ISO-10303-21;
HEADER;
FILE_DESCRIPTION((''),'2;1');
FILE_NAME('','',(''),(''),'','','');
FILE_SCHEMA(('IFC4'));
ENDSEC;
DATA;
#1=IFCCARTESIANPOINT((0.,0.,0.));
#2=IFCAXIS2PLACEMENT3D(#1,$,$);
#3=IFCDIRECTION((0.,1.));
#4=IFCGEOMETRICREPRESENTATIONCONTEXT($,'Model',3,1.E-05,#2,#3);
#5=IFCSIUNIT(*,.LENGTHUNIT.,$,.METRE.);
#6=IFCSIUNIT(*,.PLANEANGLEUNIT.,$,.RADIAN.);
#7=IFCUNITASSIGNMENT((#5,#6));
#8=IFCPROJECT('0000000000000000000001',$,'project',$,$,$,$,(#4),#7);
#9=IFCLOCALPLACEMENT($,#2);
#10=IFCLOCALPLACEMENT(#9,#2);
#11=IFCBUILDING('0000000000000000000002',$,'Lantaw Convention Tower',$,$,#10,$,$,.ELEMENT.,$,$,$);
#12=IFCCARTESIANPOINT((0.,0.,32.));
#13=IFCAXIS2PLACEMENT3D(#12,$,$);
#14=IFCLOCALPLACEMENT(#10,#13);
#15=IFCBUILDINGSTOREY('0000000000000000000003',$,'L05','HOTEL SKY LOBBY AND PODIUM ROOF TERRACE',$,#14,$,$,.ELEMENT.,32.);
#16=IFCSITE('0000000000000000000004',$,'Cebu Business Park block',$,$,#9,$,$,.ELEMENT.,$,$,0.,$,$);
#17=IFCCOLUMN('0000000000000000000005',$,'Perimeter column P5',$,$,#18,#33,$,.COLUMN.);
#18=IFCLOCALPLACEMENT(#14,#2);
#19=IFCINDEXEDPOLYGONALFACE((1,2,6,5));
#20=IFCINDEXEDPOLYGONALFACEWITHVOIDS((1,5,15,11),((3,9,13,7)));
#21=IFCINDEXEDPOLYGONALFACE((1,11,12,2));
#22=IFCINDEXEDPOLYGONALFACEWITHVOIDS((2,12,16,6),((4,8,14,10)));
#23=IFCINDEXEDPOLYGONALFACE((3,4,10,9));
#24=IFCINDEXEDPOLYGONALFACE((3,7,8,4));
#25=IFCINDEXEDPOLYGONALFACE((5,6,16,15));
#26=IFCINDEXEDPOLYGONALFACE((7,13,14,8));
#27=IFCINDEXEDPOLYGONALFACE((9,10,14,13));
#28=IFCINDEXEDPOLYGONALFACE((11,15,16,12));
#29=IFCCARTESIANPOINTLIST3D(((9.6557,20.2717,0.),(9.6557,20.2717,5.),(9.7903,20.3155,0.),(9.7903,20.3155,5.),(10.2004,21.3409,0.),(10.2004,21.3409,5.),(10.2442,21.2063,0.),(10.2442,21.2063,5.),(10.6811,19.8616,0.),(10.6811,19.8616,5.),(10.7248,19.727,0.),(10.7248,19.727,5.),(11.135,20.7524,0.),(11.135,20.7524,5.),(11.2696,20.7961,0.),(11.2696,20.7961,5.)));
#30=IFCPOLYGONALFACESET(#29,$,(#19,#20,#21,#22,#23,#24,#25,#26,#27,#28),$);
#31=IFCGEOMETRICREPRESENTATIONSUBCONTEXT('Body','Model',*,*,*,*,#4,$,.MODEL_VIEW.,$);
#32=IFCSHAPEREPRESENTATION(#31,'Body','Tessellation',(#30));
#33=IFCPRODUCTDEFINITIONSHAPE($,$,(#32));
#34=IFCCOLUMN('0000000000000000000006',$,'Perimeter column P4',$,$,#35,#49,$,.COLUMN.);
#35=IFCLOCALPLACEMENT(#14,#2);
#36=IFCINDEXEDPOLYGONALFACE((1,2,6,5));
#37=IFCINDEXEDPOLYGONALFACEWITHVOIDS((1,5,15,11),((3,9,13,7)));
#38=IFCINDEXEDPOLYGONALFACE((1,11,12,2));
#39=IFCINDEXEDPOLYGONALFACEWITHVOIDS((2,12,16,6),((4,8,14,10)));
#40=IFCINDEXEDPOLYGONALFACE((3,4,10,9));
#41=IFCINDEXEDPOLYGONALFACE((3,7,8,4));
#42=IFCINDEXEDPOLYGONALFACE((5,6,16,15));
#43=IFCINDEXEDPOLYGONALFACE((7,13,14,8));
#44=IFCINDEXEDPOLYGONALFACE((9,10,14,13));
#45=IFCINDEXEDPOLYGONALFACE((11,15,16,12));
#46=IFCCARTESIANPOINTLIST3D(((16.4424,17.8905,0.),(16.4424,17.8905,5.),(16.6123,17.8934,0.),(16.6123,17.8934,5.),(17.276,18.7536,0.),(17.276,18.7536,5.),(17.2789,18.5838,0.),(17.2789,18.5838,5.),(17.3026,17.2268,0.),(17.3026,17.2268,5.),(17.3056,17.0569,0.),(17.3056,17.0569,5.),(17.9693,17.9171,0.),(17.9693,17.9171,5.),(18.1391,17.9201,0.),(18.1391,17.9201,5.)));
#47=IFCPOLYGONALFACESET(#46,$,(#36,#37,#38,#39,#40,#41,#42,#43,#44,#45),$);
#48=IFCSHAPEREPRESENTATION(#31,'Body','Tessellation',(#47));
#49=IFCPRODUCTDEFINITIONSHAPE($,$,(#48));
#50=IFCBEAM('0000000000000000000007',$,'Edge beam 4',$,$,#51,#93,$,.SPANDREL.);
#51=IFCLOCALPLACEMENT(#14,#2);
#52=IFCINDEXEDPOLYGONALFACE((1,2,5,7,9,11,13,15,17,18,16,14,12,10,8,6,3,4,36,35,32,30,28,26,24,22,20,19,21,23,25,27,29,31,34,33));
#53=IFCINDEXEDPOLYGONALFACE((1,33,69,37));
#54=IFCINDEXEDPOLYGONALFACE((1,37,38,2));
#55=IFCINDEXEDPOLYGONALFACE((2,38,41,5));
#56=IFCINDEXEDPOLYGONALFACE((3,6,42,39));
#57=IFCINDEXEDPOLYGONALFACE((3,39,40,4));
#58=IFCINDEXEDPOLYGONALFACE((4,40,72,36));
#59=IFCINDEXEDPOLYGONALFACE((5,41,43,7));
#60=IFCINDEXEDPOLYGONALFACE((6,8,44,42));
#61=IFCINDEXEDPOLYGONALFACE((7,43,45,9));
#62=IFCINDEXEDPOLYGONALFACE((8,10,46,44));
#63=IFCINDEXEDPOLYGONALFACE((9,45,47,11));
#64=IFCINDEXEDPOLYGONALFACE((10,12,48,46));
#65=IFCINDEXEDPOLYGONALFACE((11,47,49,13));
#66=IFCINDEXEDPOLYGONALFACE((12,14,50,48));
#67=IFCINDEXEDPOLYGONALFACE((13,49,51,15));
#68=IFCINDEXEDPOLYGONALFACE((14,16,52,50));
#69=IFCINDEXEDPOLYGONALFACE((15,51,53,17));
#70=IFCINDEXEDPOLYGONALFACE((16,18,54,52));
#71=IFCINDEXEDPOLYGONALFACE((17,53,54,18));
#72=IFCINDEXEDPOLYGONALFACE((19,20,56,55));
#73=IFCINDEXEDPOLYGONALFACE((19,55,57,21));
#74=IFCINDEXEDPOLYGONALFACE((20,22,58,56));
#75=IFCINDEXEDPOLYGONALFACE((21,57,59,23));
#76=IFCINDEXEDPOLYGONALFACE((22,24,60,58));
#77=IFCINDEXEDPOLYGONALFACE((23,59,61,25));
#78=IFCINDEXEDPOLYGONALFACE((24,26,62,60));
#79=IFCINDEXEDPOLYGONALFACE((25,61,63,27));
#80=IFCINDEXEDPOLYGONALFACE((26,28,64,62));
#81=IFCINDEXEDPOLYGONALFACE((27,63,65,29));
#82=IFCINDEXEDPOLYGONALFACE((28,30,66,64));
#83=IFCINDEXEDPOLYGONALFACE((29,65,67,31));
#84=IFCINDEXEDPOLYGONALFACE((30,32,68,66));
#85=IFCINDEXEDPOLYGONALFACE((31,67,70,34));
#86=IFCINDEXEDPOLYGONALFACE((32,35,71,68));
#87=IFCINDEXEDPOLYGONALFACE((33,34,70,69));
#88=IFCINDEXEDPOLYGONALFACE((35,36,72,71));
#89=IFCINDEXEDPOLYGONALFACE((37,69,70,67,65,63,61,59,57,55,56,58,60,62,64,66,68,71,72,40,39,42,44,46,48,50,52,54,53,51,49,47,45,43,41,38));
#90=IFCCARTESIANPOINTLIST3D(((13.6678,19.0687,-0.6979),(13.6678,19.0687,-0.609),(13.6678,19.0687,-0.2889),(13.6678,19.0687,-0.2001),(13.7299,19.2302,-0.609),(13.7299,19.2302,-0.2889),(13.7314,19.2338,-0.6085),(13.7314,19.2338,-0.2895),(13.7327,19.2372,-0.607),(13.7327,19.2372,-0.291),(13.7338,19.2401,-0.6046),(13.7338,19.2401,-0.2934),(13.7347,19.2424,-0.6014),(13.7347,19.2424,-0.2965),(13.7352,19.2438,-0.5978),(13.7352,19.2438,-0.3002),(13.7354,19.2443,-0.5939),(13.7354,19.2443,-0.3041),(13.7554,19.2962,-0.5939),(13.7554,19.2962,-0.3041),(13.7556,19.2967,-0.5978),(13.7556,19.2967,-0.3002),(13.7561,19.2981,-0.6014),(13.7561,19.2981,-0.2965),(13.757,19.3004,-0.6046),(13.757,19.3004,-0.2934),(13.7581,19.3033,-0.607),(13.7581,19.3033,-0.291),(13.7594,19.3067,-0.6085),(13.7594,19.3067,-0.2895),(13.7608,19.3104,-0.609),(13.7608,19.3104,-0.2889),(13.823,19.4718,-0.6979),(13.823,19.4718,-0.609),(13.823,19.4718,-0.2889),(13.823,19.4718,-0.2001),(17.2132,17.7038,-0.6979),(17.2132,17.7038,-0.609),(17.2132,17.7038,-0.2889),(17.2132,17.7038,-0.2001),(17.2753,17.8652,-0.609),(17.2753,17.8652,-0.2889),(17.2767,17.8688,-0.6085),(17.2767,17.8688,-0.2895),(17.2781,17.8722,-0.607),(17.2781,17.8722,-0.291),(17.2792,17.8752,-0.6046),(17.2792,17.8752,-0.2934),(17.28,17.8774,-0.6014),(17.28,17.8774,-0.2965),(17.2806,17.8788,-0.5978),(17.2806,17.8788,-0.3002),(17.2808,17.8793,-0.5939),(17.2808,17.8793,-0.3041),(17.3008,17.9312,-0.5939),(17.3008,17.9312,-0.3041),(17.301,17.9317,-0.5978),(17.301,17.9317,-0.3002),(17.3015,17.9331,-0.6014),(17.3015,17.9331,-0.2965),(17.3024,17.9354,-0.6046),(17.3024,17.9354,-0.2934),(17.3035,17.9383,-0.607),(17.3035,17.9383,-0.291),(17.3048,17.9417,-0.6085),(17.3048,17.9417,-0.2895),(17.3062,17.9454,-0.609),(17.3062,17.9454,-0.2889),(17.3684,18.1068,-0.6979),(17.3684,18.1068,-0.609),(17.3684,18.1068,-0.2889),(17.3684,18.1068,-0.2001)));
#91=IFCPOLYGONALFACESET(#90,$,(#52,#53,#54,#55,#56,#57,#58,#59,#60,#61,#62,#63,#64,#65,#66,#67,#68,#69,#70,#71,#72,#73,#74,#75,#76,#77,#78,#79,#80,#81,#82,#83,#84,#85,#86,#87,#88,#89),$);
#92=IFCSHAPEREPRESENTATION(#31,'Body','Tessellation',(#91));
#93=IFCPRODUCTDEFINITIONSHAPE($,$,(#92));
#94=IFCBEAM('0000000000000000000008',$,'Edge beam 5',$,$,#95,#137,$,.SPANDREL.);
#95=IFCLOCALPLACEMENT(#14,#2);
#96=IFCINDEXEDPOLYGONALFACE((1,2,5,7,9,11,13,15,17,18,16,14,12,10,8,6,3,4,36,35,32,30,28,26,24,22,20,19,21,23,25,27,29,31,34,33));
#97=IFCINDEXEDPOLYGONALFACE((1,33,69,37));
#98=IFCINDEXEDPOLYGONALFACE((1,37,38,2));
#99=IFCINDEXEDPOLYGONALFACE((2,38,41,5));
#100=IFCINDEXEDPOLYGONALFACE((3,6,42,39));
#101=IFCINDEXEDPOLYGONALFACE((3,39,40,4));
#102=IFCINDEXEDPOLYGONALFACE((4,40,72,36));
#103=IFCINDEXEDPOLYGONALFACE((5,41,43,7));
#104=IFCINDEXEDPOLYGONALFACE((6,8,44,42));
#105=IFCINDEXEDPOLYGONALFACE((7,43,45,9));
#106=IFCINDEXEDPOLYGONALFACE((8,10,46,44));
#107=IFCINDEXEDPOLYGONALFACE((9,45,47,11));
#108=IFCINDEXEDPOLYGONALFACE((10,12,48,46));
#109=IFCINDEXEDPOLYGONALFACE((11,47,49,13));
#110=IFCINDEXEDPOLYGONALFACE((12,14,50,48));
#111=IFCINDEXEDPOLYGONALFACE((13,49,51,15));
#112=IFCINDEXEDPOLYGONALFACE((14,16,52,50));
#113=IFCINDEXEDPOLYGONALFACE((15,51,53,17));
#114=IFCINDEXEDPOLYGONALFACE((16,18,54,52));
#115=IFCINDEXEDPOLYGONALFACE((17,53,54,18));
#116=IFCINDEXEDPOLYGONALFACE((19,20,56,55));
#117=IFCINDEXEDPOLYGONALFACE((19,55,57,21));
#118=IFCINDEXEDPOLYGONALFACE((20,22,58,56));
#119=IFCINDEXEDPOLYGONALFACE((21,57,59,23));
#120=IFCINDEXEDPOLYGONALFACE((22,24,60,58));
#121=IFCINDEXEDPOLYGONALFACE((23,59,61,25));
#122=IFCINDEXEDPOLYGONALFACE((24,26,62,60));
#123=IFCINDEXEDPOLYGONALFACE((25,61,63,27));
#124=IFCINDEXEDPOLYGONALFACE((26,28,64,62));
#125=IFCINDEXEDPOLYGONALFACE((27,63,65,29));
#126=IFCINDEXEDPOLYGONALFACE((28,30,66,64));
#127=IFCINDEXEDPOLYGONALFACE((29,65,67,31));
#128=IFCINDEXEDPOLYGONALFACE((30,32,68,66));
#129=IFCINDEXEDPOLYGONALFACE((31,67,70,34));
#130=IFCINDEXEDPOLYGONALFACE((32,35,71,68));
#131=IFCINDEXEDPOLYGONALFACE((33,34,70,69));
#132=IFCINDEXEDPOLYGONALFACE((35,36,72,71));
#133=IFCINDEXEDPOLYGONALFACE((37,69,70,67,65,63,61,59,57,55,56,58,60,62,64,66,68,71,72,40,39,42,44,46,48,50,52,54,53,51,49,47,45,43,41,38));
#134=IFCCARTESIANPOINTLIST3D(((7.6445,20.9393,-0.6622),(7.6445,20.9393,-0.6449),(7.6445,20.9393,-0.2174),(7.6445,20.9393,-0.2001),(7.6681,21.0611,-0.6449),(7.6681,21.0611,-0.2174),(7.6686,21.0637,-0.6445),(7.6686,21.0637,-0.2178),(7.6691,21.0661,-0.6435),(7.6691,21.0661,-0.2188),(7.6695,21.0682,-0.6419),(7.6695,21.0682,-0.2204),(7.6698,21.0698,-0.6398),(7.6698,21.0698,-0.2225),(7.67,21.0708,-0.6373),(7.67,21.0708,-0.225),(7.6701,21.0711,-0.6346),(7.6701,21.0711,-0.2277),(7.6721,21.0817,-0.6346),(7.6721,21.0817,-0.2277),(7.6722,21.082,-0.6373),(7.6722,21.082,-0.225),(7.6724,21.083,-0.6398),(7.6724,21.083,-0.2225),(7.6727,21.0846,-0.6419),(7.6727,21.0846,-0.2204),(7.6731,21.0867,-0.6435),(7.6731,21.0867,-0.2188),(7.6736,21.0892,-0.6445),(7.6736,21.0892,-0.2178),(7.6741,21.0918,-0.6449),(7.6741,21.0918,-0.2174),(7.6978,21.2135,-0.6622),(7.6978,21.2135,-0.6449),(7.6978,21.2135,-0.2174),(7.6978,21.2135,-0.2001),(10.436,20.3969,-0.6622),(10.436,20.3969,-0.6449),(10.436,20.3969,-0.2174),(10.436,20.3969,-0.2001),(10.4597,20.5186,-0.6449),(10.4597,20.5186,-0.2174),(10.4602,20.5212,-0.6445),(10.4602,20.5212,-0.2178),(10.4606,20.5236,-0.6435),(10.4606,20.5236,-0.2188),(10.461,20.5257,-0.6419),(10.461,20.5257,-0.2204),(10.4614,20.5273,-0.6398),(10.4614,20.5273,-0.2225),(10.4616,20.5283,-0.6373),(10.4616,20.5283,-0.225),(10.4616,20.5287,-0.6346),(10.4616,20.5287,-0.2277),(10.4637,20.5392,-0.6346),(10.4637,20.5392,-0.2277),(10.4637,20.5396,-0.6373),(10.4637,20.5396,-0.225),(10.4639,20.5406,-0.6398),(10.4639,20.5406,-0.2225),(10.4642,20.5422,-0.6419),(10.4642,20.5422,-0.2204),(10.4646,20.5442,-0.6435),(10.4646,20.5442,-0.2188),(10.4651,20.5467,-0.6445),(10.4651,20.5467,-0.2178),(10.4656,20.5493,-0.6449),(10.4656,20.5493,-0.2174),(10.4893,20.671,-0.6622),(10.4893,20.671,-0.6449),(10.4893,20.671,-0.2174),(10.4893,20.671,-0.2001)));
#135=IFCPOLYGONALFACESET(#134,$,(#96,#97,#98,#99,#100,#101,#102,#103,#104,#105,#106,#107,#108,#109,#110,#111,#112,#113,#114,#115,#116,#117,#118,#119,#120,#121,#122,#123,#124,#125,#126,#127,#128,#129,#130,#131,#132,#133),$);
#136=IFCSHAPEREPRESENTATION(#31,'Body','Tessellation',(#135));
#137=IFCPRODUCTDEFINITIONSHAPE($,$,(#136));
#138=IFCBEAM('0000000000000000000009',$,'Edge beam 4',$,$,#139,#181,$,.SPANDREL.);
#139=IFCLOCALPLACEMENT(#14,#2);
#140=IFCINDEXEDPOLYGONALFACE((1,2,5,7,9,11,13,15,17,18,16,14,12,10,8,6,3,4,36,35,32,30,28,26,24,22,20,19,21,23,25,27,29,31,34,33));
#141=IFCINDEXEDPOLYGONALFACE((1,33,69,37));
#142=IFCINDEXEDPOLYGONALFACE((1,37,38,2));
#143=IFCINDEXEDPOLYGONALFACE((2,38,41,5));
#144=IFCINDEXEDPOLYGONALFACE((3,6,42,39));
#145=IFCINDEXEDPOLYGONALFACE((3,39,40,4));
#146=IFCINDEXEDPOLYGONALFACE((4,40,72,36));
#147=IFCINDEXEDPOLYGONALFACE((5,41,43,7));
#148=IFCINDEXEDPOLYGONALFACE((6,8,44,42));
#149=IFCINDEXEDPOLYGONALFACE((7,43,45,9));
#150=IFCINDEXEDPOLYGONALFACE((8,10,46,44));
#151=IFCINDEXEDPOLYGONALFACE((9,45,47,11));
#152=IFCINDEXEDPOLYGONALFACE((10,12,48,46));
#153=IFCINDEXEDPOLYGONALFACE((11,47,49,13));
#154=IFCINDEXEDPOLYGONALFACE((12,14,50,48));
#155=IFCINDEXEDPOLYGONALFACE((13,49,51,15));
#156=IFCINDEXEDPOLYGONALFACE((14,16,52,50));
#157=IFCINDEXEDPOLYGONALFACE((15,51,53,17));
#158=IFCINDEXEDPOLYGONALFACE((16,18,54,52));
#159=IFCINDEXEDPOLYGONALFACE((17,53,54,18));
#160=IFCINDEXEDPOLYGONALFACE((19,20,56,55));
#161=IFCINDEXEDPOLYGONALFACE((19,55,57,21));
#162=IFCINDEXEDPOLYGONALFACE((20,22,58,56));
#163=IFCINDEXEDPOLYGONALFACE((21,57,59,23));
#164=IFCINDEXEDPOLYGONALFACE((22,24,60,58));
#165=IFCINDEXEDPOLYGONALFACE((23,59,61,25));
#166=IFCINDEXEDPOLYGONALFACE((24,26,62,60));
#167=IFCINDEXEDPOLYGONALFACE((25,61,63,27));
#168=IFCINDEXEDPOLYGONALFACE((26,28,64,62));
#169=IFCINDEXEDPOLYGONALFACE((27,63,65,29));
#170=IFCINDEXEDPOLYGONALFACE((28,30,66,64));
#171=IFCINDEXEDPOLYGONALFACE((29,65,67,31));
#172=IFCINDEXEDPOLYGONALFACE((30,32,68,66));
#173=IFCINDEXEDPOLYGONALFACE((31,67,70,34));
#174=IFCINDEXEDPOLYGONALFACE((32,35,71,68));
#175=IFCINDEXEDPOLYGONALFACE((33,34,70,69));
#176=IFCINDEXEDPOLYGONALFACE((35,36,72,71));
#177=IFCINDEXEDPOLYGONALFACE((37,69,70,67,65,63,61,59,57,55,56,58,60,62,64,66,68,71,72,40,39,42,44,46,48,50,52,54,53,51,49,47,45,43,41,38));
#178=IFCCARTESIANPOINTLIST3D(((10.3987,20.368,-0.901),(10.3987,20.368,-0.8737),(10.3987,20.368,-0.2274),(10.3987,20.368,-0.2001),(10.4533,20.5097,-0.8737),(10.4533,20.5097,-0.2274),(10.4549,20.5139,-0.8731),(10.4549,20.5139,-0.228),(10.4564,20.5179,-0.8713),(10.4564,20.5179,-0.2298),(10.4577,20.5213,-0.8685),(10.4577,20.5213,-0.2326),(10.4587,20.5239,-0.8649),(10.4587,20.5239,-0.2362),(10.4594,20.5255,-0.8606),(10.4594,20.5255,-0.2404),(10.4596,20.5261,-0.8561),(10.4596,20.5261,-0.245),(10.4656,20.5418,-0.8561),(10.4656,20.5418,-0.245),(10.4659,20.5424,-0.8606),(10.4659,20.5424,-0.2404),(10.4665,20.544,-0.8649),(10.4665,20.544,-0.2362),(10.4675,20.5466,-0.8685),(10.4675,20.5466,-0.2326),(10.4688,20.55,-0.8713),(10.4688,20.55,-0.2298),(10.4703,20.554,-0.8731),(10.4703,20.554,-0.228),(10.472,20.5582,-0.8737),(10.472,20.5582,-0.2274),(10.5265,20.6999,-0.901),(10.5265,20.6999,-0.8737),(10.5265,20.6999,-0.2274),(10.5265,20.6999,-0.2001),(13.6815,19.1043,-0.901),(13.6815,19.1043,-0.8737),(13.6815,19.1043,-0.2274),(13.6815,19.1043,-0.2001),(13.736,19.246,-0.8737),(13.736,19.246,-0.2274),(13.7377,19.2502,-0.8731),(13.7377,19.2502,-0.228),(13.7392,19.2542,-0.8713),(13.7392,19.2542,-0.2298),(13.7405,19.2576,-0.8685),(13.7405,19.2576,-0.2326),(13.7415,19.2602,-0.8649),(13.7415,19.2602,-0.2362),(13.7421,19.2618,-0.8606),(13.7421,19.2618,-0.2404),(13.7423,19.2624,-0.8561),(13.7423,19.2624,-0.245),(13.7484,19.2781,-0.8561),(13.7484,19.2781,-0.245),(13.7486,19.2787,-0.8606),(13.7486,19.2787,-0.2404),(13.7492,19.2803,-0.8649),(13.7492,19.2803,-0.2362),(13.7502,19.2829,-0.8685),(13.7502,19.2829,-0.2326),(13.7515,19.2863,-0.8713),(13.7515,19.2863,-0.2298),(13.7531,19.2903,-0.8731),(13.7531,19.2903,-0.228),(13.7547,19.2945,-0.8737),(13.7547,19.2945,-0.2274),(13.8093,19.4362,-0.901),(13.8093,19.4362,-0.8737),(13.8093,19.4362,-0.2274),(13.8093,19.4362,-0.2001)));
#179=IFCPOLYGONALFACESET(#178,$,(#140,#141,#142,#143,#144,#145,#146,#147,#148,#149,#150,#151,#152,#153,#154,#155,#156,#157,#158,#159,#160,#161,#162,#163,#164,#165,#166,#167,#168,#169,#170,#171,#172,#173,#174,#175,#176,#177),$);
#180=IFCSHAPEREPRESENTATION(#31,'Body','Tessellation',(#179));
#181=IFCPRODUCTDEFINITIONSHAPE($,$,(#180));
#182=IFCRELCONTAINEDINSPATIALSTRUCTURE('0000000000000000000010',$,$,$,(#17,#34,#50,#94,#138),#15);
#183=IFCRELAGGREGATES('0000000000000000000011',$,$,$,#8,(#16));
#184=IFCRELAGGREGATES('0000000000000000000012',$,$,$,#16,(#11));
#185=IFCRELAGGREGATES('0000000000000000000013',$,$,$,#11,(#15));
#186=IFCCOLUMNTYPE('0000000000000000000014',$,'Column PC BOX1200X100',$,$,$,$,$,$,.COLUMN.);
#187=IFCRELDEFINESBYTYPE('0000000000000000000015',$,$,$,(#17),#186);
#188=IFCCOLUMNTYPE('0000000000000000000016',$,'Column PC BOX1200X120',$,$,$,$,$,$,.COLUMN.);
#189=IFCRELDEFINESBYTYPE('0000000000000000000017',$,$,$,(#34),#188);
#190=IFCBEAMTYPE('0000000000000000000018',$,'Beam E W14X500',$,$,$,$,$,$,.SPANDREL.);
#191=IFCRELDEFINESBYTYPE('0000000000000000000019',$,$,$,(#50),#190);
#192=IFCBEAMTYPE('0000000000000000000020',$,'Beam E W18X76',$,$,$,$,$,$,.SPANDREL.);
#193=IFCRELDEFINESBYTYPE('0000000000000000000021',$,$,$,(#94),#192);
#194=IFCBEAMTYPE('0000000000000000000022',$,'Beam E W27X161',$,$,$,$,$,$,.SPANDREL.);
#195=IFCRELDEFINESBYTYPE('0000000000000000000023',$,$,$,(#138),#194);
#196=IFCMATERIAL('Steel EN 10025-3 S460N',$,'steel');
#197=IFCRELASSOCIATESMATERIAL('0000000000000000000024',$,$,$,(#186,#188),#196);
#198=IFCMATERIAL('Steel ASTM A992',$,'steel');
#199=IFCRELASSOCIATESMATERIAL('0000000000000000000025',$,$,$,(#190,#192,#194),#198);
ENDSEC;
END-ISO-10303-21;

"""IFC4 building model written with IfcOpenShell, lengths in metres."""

from ifc_helpers import new_model, si_unit, direction, frame, origin, origin_2d, place, context, subcontext, project, spatial, rectangle, hollow_rectangle, i_section, extrude, material, material_profile, profile_set, type_object, element, save


model = new_model("IFC4")

# Units and contexts
model_context = context("Model", 3, precision=1e-05, world=origin(), true_north=direction((0.0, 1.0)))
body_context = subcontext(model_context, "Body", "Model", "MODEL_VIEW")
ifc_project = project(units=[si_unit("LENGTHUNIT", "METRE"), si_unit("PLANEANGLEUNIT", "RADIAN")], contexts=[model_context])

# Site, building, storey
site_placement = place(None, origin())
site = spatial("IfcSite", under=ifc_project, at=site_placement, Name="Cebu Business Park block", CompositionType="ELEMENT", RefElevation=0.0)
building_placement = place(site_placement, origin())
building = spatial("IfcBuilding", under=site, at=building_placement, Name="Lantaw Convention Tower", CompositionType="ELEMENT")
storey_placement = place(building_placement, frame((0.0, 0.0, 32.0)))
storey = spatial("IfcBuildingStorey", under=building, at=storey_placement, Name="L05", Description="HOTEL SKY LOBBY AND PODIUM ROOF TERRACE", CompositionType="ELEMENT", Elevation=32.0)

# Columns
ifc_material_1 = material(Name="Steel EN 10025-3 S460N", Category="steel")
ifc_material_profile_1 = material_profile(ifc_material_1, hollow_rectangle(XDim=1.2, YDim=1.2, WallThickness=0.1001, at=origin_2d()), Name="BOX1200X100")
ifc_material_2 = material(Name="Concrete C60/75", Category="concrete")
ifc_material_profile_2 = material_profile(ifc_material_2, rectangle(XDim=1.0, YDim=1.0, at=origin_2d()), Name="Concrete fill of BOX1200X100")
ifc_profile_set_1 = profile_set([ifc_material_profile_1, ifc_material_profile_2], Name="Steel EN 10025-3 S460N")
column_type_1 = type_object("IfcColumnType", Name="Column PC BOX1200X100", PredefinedType="COLUMN", material=ifc_profile_set_1)
column_1_placement = place(storey_placement, frame((10.4626, 20.5339, 0.0), z_axis=(0.0, 0.0, 1.0), x_axis=(0.45399, 0.891007, 0.0)))
element("IfcColumn", 1, at=column_1_placement, inside=storey, type_object=column_type_1, Name="Perimeter column P5", PredefinedType="COLUMN", context=body_context, shape_type="SweptSolid", body=[
    extrude(hollow_rectangle(XDim=1.2, YDim=1.2, WallThickness=0.1001, at=origin_2d()), origin(), (0.0, 0.0, 1.0), 5.0),
])
ifc_material_profile_3 = material_profile(ifc_material_1, hollow_rectangle(XDim=1.2, YDim=1.2, WallThickness=0.1201, at=origin_2d()), Name="BOX1200X120")
ifc_material_profile_4 = material_profile(ifc_material_2, rectangle(XDim=0.96, YDim=0.96, at=origin_2d()), Name="Concrete fill of BOX1200X120")
ifc_profile_set_2 = profile_set([ifc_material_profile_3, ifc_material_profile_4], Name="Steel EN 10025-3 S460N")
column_type_2 = type_object("IfcColumnType", Name="Column PC BOX1200X120", PredefinedType="COLUMN", material=ifc_profile_set_2)
column_2_placement = place(storey_placement, frame((17.2908, 17.9053, 0.0), z_axis=(0.0, 0.0, 1.0), x_axis=(0.694658, 0.71934, 0.0)))
element("IfcColumn", 2, at=column_2_placement, inside=storey, type_object=column_type_2, Name="Perimeter column P4", PredefinedType="COLUMN", context=body_context, shape_type="SweptSolid", body=[
    extrude(hollow_rectangle(XDim=1.2, YDim=1.2, WallThickness=0.1201, at=origin_2d()), origin(), (0.0, 0.0, 1.0), 5.0),
])

# Beams
ifc_material_3 = material(Name="Steel ASTM A992", Category="steel")
ifc_material_profile_5 = material_profile(ifc_material_3, i_section(OverallWidth=0.4319, OverallDepth=0.4978, WebThickness=0.0557, FlangeThickness=0.0889, FilletRadius=0.0151, at=origin_2d()), Name="W14X500")
ifc_profile_set_3 = profile_set([ifc_material_profile_5], Name="Steel ASTM A992")
beam_type_1 = type_object("IfcBeamType", Name="Beam E W14X500", PredefinedType="SPANDREL", material=ifc_profile_set_3)
beam_1_placement = place(storey_placement, frame((17.2908, 17.9053, -0.449), z_axis=(-0.933225, 0.359293, 0.0), x_axis=(-0.359293, -0.933225, 0.0)))
element("IfcBeam", 3, at=beam_1_placement, inside=storey, type_object=beam_type_1, Name="Edge beam 4", PredefinedType="SPANDREL", context=body_context, shape_type="SweptSolid", body=[
    extrude(i_section(OverallWidth=0.4319, OverallDepth=0.4978, WebThickness=0.0557, FlangeThickness=0.0889, FilletRadius=0.0151, at=origin_2d()), origin(), (0.0, 0.0, 1.0), 3.7991),
])
ifc_material_profile_6 = material_profile(ifc_material_3, i_section(OverallWidth=0.2793, OverallDepth=0.4622, WebThickness=0.0107, FlangeThickness=0.0173, FilletRadius=0.0103, at=origin_2d()), Name="W18X76")
ifc_profile_set_4 = profile_set([ifc_material_profile_6], Name="Steel ASTM A992")
beam_type_2 = type_object("IfcBeamType", Name="Beam E W18X76", PredefinedType="SPANDREL", material=ifc_profile_set_4)
beam_2_placement = place(storey_placement, frame((10.4626, 20.5339, -0.4312), z_axis=(-0.981636, 0.190764, 0.0), x_axis=(-0.190764, -0.981636, 0.0)))
element("IfcBeam", 4, at=beam_2_placement, inside=storey, type_object=beam_type_2, Name="Edge beam 5", PredefinedType="SPANDREL", context=body_context, shape_type="SweptSolid", body=[
    extrude(i_section(OverallWidth=0.2793, OverallDepth=0.4622, WebThickness=0.0107, FlangeThickness=0.0173, FilletRadius=0.0103, at=origin_2d()), origin(), (0.0, 0.0, 1.0), 2.8438),
])
ifc_material_profile_7 = material_profile(ifc_material_3, i_section(OverallWidth=0.3557, OverallDepth=0.7009, WebThickness=0.0168, FlangeThickness=0.0273, FilletRadius=0.0176, at=origin_2d()), Name="W27X161")
ifc_profile_set_5 = profile_set([ifc_material_profile_7], Name="Steel ASTM A992")
beam_type_3 = type_object("IfcBeamType", Name="Beam E W27X161", PredefinedType="SPANDREL", material=ifc_profile_set_5)
beam_3_placement = place(storey_placement, frame((13.7454, 19.2703, -0.5505), z_axis=(-0.933242, 0.359249, 0.0), x_axis=(-0.359249, -0.933242, 0.0)))
element("IfcBeam", 5, at=beam_3_placement, inside=storey, type_object=beam_type_3, Name="Edge beam 4", PredefinedType="SPANDREL", context=body_context, shape_type="SweptSolid", body=[
    extrude(i_section(OverallWidth=0.3557, OverallDepth=0.7009, WebThickness=0.0168, FlangeThickness=0.0273, FilletRadius=0.0176, at=origin_2d()), origin(), (0.0, 0.0, 1.0), 3.5176),
])

save(model, "model.ifc")
